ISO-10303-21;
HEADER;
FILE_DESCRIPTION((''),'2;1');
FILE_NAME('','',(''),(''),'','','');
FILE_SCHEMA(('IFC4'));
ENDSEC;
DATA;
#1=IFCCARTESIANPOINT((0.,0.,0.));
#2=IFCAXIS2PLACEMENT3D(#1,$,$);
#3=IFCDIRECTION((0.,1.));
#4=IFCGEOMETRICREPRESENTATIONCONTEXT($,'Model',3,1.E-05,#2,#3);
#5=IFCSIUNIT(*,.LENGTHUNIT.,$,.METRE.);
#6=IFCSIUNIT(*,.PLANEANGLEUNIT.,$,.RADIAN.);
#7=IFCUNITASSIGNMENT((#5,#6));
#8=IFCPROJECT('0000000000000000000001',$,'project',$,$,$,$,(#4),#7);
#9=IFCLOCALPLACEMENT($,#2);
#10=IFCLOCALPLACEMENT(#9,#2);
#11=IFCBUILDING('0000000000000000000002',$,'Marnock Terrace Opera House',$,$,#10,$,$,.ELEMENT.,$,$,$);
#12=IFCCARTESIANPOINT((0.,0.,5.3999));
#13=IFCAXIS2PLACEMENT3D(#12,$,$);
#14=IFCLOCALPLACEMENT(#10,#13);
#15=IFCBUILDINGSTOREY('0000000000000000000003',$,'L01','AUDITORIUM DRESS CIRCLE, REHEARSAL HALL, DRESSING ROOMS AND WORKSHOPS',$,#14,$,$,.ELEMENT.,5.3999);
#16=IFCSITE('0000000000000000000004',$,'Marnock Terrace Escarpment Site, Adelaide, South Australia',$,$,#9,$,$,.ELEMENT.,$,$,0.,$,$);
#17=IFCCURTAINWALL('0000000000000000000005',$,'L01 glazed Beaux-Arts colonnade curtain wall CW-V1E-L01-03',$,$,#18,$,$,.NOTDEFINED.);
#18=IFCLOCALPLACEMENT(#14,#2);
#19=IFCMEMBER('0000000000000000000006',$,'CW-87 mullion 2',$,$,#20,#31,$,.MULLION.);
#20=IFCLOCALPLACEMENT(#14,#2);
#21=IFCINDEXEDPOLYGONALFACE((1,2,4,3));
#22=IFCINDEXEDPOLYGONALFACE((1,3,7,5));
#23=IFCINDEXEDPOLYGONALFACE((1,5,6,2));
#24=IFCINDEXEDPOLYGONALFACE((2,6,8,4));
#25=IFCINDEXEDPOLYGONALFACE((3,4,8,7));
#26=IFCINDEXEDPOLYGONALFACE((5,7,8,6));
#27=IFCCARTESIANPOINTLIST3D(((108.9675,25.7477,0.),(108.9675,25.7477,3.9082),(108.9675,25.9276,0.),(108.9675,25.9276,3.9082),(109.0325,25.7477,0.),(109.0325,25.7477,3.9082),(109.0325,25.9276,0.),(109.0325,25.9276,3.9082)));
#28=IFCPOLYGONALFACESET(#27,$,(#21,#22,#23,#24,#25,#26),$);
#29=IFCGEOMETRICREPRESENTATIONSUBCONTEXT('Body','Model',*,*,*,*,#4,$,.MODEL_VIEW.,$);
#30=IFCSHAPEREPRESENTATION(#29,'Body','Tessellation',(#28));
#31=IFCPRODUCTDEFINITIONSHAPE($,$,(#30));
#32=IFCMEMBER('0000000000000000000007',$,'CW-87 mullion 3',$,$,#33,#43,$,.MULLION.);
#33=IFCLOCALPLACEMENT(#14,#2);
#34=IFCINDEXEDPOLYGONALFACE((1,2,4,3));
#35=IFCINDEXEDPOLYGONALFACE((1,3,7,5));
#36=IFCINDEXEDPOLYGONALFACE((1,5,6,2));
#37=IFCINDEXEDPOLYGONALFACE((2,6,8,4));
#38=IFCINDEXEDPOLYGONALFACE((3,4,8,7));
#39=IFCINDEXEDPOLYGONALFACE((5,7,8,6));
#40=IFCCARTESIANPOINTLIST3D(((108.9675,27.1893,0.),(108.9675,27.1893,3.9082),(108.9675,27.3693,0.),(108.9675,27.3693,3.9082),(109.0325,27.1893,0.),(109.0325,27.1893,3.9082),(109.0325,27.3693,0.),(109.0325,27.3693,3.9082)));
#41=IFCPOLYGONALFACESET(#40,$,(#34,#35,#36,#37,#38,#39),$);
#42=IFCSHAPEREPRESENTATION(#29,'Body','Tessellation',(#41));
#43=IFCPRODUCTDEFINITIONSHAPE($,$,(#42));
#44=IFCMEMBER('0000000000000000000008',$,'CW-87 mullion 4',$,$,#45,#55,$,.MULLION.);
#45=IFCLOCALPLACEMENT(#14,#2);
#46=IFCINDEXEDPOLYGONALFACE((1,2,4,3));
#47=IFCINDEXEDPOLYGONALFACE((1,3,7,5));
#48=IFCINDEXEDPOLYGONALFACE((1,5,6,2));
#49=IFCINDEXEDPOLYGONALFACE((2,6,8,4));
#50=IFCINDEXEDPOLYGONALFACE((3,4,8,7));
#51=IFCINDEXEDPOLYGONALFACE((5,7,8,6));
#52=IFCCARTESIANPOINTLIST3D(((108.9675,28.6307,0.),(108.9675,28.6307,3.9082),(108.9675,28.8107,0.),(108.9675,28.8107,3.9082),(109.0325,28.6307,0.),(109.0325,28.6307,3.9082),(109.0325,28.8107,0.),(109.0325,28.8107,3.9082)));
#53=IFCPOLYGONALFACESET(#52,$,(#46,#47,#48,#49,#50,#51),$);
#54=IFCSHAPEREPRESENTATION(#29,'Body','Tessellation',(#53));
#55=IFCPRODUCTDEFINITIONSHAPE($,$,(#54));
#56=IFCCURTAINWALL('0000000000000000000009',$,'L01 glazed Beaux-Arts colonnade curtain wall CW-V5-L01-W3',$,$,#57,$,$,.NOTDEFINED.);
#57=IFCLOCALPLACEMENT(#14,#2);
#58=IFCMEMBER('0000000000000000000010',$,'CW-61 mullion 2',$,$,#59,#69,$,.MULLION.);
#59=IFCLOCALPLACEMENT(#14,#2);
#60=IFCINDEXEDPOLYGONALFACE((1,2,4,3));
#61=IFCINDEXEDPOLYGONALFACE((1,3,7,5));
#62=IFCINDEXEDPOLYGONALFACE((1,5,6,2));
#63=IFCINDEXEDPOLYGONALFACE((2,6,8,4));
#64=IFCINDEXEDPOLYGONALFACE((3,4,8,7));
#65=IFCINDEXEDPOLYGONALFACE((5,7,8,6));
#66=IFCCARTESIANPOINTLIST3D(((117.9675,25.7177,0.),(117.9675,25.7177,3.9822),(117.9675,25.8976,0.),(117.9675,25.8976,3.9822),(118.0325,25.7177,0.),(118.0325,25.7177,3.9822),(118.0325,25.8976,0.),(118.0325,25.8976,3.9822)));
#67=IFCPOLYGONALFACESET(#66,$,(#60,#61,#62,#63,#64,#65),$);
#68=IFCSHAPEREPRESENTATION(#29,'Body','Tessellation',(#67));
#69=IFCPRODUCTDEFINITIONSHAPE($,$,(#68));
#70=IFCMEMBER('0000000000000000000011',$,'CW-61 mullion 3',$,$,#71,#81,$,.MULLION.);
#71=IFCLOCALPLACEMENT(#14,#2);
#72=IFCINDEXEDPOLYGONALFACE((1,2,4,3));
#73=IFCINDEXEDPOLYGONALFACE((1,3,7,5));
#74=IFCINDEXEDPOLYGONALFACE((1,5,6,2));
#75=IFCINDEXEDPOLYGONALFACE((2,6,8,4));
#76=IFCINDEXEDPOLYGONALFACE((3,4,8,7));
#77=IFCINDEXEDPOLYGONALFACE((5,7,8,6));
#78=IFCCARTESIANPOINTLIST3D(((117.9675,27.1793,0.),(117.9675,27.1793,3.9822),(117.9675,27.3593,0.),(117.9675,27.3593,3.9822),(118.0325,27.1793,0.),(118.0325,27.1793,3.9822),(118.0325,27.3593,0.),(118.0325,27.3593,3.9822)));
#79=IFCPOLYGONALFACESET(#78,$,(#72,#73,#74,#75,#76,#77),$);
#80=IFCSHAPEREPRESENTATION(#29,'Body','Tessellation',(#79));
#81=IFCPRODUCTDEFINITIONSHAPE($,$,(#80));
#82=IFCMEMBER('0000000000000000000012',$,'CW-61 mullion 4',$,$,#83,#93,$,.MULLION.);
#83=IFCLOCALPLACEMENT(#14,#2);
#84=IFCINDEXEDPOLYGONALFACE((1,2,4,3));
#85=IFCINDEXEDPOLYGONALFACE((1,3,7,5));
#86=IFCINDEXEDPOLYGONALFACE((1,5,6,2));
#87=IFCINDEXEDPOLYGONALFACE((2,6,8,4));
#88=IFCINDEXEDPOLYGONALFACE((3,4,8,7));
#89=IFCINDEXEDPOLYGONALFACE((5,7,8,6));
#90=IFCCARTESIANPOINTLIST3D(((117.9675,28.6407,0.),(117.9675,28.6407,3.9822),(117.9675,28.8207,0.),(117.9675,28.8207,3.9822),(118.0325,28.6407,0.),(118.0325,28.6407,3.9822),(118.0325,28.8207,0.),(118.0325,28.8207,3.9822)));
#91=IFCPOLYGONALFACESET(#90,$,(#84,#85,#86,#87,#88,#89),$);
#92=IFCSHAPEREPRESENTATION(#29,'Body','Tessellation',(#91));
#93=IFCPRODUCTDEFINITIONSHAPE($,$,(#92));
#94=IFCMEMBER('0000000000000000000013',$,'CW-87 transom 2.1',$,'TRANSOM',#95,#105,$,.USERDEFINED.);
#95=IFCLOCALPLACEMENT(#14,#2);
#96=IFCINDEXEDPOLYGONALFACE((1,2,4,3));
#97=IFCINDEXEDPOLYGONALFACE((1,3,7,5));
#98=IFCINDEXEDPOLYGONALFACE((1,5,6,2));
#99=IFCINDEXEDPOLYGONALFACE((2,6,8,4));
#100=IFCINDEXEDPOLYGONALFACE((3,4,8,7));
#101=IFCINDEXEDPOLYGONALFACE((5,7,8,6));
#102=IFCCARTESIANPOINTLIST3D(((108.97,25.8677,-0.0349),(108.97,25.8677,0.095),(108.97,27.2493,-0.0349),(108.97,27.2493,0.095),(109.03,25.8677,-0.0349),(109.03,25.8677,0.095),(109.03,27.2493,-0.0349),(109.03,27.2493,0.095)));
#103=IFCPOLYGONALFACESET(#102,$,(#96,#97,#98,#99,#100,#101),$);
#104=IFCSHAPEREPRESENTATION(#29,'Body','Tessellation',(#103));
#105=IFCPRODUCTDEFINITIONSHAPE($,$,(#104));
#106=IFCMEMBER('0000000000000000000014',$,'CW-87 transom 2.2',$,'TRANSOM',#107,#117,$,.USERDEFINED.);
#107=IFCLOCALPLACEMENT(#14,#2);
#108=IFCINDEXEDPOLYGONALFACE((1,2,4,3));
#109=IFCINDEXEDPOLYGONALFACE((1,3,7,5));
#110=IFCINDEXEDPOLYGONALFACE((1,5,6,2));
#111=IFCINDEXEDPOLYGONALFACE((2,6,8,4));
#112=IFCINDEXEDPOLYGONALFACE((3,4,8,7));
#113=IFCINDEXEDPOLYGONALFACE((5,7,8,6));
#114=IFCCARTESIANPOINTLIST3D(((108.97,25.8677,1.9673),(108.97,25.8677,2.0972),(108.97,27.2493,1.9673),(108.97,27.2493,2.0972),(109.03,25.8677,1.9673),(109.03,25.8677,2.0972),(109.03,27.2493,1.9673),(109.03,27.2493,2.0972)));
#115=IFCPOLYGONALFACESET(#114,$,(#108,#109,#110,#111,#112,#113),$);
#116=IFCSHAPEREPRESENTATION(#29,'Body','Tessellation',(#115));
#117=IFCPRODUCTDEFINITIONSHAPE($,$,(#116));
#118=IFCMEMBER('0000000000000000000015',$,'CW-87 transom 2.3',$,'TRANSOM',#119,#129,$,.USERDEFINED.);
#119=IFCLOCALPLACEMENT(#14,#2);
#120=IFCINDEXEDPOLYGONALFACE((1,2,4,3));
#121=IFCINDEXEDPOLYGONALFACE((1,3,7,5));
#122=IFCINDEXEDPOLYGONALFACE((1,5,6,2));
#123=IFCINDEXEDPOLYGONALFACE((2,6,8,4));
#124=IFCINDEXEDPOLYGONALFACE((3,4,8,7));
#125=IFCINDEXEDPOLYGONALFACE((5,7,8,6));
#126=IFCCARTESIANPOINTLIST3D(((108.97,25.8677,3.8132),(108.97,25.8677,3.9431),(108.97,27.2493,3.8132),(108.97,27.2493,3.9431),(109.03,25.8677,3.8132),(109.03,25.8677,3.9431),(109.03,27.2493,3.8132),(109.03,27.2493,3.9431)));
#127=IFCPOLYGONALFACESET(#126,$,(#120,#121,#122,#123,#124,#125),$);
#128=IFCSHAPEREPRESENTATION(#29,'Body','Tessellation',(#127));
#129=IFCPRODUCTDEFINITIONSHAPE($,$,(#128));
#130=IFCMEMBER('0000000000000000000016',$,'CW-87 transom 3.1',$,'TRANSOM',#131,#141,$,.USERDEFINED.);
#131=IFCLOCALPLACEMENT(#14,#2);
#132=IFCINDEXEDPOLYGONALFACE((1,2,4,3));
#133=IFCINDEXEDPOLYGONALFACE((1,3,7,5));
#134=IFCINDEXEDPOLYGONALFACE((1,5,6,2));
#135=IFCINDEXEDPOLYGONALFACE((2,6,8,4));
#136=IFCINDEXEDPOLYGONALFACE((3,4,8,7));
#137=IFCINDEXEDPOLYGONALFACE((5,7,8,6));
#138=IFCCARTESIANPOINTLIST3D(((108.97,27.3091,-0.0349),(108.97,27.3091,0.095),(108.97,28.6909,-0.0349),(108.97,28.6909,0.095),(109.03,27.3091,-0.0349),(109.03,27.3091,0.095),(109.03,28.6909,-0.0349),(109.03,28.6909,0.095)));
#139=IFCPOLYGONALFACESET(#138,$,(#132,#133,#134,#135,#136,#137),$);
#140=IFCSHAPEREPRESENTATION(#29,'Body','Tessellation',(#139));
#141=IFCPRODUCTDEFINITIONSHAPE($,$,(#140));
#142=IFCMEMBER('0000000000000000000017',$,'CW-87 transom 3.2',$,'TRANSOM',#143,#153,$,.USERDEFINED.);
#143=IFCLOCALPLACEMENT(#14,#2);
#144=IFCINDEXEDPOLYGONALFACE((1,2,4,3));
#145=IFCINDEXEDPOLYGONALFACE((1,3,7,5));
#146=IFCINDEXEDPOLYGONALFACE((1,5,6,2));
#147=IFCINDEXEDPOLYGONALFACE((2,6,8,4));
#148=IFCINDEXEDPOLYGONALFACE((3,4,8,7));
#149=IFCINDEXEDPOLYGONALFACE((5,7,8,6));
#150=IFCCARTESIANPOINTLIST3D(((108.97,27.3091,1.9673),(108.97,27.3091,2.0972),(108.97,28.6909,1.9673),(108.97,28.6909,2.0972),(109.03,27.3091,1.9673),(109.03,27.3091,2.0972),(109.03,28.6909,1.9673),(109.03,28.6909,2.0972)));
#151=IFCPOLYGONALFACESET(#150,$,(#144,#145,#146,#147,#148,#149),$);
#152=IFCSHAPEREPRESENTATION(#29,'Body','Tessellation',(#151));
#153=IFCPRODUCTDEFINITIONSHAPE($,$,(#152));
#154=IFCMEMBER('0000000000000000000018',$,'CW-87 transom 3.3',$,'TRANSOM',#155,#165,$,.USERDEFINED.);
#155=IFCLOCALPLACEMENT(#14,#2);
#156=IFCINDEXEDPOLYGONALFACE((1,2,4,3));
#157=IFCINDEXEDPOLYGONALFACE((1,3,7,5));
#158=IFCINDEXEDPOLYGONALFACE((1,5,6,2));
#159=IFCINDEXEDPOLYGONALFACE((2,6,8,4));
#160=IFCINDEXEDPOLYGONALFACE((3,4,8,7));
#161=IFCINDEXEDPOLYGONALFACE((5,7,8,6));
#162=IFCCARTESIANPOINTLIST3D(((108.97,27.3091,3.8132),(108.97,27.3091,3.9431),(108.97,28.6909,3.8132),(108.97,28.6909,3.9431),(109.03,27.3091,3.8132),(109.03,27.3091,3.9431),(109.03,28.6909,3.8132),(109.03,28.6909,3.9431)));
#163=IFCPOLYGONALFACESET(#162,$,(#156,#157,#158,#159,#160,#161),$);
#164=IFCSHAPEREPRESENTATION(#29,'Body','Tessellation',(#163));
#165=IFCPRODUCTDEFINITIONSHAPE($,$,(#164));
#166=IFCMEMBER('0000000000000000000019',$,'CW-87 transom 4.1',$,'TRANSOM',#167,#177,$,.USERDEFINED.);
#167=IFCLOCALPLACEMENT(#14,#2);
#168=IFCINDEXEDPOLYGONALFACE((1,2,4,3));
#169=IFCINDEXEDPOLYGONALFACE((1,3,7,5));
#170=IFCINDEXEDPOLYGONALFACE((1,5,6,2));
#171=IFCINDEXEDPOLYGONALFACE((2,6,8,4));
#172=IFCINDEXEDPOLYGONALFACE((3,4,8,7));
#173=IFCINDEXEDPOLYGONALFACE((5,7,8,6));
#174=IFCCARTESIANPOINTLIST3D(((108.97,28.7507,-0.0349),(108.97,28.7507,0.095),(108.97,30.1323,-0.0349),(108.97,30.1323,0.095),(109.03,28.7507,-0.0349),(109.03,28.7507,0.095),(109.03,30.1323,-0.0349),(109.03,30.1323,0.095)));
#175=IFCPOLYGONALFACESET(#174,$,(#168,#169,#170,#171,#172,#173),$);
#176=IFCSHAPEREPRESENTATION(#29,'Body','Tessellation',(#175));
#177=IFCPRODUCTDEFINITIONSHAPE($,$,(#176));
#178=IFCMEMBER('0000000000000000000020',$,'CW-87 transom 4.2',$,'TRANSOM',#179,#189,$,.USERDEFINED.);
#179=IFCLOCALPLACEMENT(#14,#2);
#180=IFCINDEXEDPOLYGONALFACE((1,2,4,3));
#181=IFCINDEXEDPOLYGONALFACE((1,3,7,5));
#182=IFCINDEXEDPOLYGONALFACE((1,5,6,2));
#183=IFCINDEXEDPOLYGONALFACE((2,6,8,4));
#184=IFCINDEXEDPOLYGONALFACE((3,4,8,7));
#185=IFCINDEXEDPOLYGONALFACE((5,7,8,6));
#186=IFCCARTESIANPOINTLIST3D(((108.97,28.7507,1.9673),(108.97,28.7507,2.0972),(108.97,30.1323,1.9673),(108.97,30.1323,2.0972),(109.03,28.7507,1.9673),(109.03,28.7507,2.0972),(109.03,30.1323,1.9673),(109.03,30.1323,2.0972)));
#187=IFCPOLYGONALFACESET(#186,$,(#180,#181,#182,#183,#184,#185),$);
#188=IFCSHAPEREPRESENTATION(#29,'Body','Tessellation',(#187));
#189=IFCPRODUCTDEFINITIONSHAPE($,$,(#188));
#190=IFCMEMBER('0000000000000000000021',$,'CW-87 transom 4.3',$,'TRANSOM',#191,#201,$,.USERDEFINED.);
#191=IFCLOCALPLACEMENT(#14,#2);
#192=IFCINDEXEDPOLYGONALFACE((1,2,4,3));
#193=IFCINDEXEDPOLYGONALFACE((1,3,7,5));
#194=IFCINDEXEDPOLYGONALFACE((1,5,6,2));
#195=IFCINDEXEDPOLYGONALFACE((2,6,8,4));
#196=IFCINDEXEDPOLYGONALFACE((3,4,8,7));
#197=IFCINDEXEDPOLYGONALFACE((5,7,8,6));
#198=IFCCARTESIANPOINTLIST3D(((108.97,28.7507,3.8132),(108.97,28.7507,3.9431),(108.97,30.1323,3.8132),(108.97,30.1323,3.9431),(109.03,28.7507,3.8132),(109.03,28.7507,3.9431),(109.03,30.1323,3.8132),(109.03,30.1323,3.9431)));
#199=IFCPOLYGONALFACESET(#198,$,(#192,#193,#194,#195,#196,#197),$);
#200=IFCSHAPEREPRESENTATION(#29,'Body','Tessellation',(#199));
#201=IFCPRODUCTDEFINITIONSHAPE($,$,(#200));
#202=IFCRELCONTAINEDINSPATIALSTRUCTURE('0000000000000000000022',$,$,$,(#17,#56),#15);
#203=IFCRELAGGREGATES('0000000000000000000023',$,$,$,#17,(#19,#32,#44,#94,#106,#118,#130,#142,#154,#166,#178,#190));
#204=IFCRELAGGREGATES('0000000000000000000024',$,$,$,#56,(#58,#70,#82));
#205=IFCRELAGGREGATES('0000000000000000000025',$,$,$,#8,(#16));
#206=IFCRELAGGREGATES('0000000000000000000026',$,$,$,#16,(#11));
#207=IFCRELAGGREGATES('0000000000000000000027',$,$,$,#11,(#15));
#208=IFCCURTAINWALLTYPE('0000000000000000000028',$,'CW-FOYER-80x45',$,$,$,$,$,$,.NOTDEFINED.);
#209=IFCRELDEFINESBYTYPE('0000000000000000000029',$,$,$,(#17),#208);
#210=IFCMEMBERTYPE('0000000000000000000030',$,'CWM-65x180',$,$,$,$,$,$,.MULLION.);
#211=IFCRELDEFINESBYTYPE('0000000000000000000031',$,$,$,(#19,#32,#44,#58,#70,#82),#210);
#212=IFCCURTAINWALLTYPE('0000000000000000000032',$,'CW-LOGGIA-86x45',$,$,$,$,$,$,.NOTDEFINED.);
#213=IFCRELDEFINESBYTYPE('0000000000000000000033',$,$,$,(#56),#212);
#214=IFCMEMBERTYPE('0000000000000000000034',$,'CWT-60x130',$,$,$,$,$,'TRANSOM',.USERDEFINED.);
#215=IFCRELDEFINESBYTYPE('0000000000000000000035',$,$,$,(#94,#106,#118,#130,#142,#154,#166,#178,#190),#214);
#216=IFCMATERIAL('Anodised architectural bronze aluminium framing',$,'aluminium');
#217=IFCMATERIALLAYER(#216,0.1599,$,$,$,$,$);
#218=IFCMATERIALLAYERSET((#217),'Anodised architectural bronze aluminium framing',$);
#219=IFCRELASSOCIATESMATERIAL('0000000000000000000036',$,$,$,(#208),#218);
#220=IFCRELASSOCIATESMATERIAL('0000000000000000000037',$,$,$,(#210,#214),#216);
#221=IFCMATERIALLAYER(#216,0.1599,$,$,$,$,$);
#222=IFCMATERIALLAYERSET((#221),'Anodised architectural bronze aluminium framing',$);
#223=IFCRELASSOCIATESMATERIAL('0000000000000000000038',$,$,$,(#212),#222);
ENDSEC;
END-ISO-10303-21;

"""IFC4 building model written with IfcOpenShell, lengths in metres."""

from ifc_helpers import new_model, si_unit, direction, frame, origin, origin_2d, place, context, subcontext, project, spatial, rectangle, extrude, material, layer, layer_set, material_profile, profile_set, type_object, element, aggregate, save


model = new_model("IFC4")

# Units and contexts
model_context = context("Model", 3, precision=1e-05, world=origin(), true_north=direction((0.0, 1.0)))
body_context = subcontext(model_context, "Body", "Model", "MODEL_VIEW")
ifc_project = project(units=[si_unit("LENGTHUNIT", "METRE"), si_unit("PLANEANGLEUNIT", "RADIAN")], contexts=[model_context])

# Site, building, storey
site_placement = place(None, origin())
site = spatial("IfcSite", under=ifc_project, at=site_placement, Name="Marnock Terrace Escarpment Site, Adelaide, South Australia", CompositionType="ELEMENT", RefElevation=0.0)
building_placement = place(site_placement, origin())
building = spatial("IfcBuilding", under=site, at=building_placement, Name="Marnock Terrace Opera House", CompositionType="ELEMENT")
storey_placement = place(building_placement, frame((0.0, 0.0, 5.3999)))
storey = spatial("IfcBuildingStorey", under=building, at=storey_placement, Name="L01", Description="AUDITORIUM DRESS CIRCLE, REHEARSAL HALL, DRESSING ROOMS AND WORKSHOPS", CompositionType="ELEMENT", Elevation=5.3999)

# Curtain walls, members
ifc_material_1 = material(Name="Anodised architectural bronze aluminium framing", Category="aluminium")
ifc_layer_1 = layer(ifc_material_1, 0.1599)
ifc_layer_set_1 = layer_set([ifc_layer_1], Name="Anodised architectural bronze aluminium framing")
curtain_wall_type_1 = type_object("IfcCurtainWallType", Name="CW-FOYER-80x45", PredefinedType="NOTDEFINED", material=ifc_layer_set_1)
curtain_wall_1_placement = place(storey_placement, origin())
curtain_wall_1 = element("IfcCurtainWall", 1, at=curtain_wall_1_placement, inside=storey, type_object=curtain_wall_type_1, Name="L01 glazed Beaux-Arts colonnade curtain wall CW-V1E-L01-03", PredefinedType="NOTDEFINED")
ifc_material_profile_1 = material_profile(ifc_material_1, rectangle(XDim=0.0649, YDim=0.1799, at=origin_2d()))
ifc_profile_set_1 = profile_set([ifc_material_profile_1], Name="Anodised architectural bronze aluminium framing")
member_type_1 = type_object("IfcMemberType", Name="CWM-65x180", PredefinedType="MULLION", material=ifc_profile_set_1)
member_1_placement = place(storey_placement, frame((109.0, 25.8376, 0.0), z_axis=(0.0, 0.0, 1.0), x_axis=(-1.0, 0.0, 0.0)))
member_1 = element("IfcMember", 2, at=member_1_placement, type_object=member_type_1, Name="CW-87 mullion 2", PredefinedType="MULLION", context=body_context, shape_type="SweptSolid", body=[
    extrude(rectangle(XDim=0.0649, YDim=0.1799, at=origin_2d()), origin(), (0.0, 0.0, 1.0), 3.9082),
])
member_2_placement = place(storey_placement, frame((109.0, 27.2793, 0.0), z_axis=(0.0, 0.0, 1.0), x_axis=(-1.0, 0.0, 0.0)))
member_2 = element("IfcMember", 3, at=member_2_placement, type_object=member_type_1, Name="CW-87 mullion 3", PredefinedType="MULLION", context=body_context, shape_type="SweptSolid", body=[
    extrude(rectangle(XDim=0.0649, YDim=0.1799, at=origin_2d()), origin(), (0.0, 0.0, 1.0), 3.9082),
])
member_3_placement = place(storey_placement, frame((109.0, 28.7207, 0.0), z_axis=(0.0, 0.0, 1.0), x_axis=(-1.0, 0.0, 0.0)))
member_3 = element("IfcMember", 4, at=member_3_placement, type_object=member_type_1, Name="CW-87 mullion 4", PredefinedType="MULLION", context=body_context, shape_type="SweptSolid", body=[
    extrude(rectangle(XDim=0.0649, YDim=0.1799, at=origin_2d()), origin(), (0.0, 0.0, 1.0), 3.9082),
])
ifc_layer_2 = layer(ifc_material_1, 0.1599)
ifc_layer_set_2 = layer_set([ifc_layer_2], Name="Anodised architectural bronze aluminium framing")
curtain_wall_type_2 = type_object("IfcCurtainWallType", Name="CW-LOGGIA-86x45", PredefinedType="NOTDEFINED", material=ifc_layer_set_2)
curtain_wall_2_placement = place(storey_placement, origin())
curtain_wall_2 = element("IfcCurtainWall", 5, at=curtain_wall_2_placement, inside=storey, type_object=curtain_wall_type_2, Name="L01 glazed Beaux-Arts colonnade curtain wall CW-V5-L01-W3", PredefinedType="NOTDEFINED")
member_4_placement = place(storey_placement, frame((118.0, 25.8076, 0.0), z_axis=(0.0, 0.0, 1.0), x_axis=(-1.0, 0.0, 0.0)))
member_4 = element("IfcMember", 6, at=member_4_placement, type_object=member_type_1, Name="CW-61 mullion 2", PredefinedType="MULLION", context=body_context, shape_type="SweptSolid", body=[
    extrude(rectangle(XDim=0.0649, YDim=0.1799, at=origin_2d()), origin(), (0.0, 0.0, 1.0), 3.9822),
])
member_5_placement = place(storey_placement, frame((118.0, 27.2693, 0.0), z_axis=(0.0, 0.0, 1.0), x_axis=(-1.0, 0.0, 0.0)))
member_5 = element("IfcMember", 7, at=member_5_placement, type_object=member_type_1, Name="CW-61 mullion 3", PredefinedType="MULLION", context=body_context, shape_type="SweptSolid", body=[
    extrude(rectangle(XDim=0.0649, YDim=0.1799, at=origin_2d()), origin(), (0.0, 0.0, 1.0), 3.9822),
])
member_6_placement = place(storey_placement, frame((118.0, 28.7307, 0.0), z_axis=(0.0, 0.0, 1.0), x_axis=(-1.0, 0.0, 0.0)))
member_6 = element("IfcMember", 8, at=member_6_placement, type_object=member_type_1, Name="CW-61 mullion 4", PredefinedType="MULLION", context=body_context, shape_type="SweptSolid", body=[
    extrude(rectangle(XDim=0.0649, YDim=0.1799, at=origin_2d()), origin(), (0.0, 0.0, 1.0), 3.9822),
])

# Members
ifc_material_profile_2 = material_profile(ifc_material_1, rectangle(XDim=0.0601, YDim=0.1299, at=origin_2d()))
ifc_profile_set_2 = profile_set([ifc_material_profile_2], Name="Anodised architectural bronze aluminium framing")
member_type_2 = type_object("IfcMemberType", Name="CWT-60x130", ElementType="TRANSOM", PredefinedType="USERDEFINED", material=ifc_profile_set_2)
member_7_placement = place(storey_placement, frame((109.0, 25.8677, 0.03), z_axis=(0.0, 1.0, 0.0), x_axis=(-1.0, 0.0, 0.0)))
member_7 = element("IfcMember", 9, at=member_7_placement, type_object=member_type_2, Name="CW-87 transom 2.1", ObjectType="TRANSOM", PredefinedType="USERDEFINED", context=body_context, shape_type="SweptSolid", body=[
    extrude(rectangle(XDim=0.0601, YDim=0.1299, at=origin_2d()), origin(), (0.0, 0.0, 1.0), 1.3816),
])
member_8_placement = place(storey_placement, frame((109.0, 25.8677, 2.0322), z_axis=(0.0, 1.0, 0.0), x_axis=(-1.0, 0.0, 0.0)))
member_8 = element("IfcMember", 10, at=member_8_placement, type_object=member_type_2, Name="CW-87 transom 2.2", ObjectType="TRANSOM", PredefinedType="USERDEFINED", context=body_context, shape_type="SweptSolid", body=[
    extrude(rectangle(XDim=0.0601, YDim=0.1299, at=origin_2d()), origin(), (0.0, 0.0, 1.0), 1.3816),
])
member_9_placement = place(storey_placement, frame((109.0, 25.8677, 3.8782), z_axis=(0.0, 1.0, 0.0), x_axis=(-1.0, 0.0, 0.0)))
member_9 = element("IfcMember", 11, at=member_9_placement, type_object=member_type_2, Name="CW-87 transom 2.3", ObjectType="TRANSOM", PredefinedType="USERDEFINED", context=body_context, shape_type="SweptSolid", body=[
    extrude(rectangle(XDim=0.0601, YDim=0.1299, at=origin_2d()), origin(), (0.0, 0.0, 1.0), 1.3816),
])
member_10_placement = place(storey_placement, frame((109.0, 27.3091, 0.03), z_axis=(0.0, 1.0, 0.0), x_axis=(-1.0, 0.0, 0.0)))
member_10 = element("IfcMember", 12, at=member_10_placement, type_object=member_type_2, Name="CW-87 transom 3.1", ObjectType="TRANSOM", PredefinedType="USERDEFINED", context=body_context, shape_type="SweptSolid", body=[
    extrude(rectangle(XDim=0.0601, YDim=0.1299, at=origin_2d()), origin(), (0.0, 0.0, 1.0), 1.3818),
])
member_11_placement = place(storey_placement, frame((109.0, 27.3091, 2.0322), z_axis=(0.0, 1.0, 0.0), x_axis=(-1.0, 0.0, 0.0)))
member_11 = element("IfcMember", 13, at=member_11_placement, type_object=member_type_2, Name="CW-87 transom 3.2", ObjectType="TRANSOM", PredefinedType="USERDEFINED", context=body_context, shape_type="SweptSolid", body=[
    extrude(rectangle(XDim=0.0601, YDim=0.1299, at=origin_2d()), origin(), (0.0, 0.0, 1.0), 1.3818),
])
member_12_placement = place(storey_placement, frame((109.0, 27.3091, 3.8782), z_axis=(0.0, 1.0, 0.0), x_axis=(-1.0, 0.0, 0.0)))
member_12 = element("IfcMember", 14, at=member_12_placement, type_object=member_type_2, Name="CW-87 transom 3.3", ObjectType="TRANSOM", PredefinedType="USERDEFINED", context=body_context, shape_type="SweptSolid", body=[
    extrude(rectangle(XDim=0.0601, YDim=0.1299, at=origin_2d()), origin(), (0.0, 0.0, 1.0), 1.3818),
])
member_13_placement = place(storey_placement, frame((109.0, 28.7507, 0.03), z_axis=(0.0, 1.0, 0.0), x_axis=(-1.0, 0.0, 0.0)))
member_13 = element("IfcMember", 15, at=member_13_placement, type_object=member_type_2, Name="CW-87 transom 4.1", ObjectType="TRANSOM", PredefinedType="USERDEFINED", context=body_context, shape_type="SweptSolid", body=[
    extrude(rectangle(XDim=0.0601, YDim=0.1299, at=origin_2d()), origin(), (0.0, 0.0, 1.0), 1.3816),
])
member_14_placement = place(storey_placement, frame((109.0, 28.7507, 2.0322), z_axis=(0.0, 1.0, 0.0), x_axis=(-1.0, 0.0, 0.0)))
member_14 = element("IfcMember", 16, at=member_14_placement, type_object=member_type_2, Name="CW-87 transom 4.2", ObjectType="TRANSOM", PredefinedType="USERDEFINED", context=body_context, shape_type="SweptSolid", body=[
    extrude(rectangle(XDim=0.0601, YDim=0.1299, at=origin_2d()), origin(), (0.0, 0.0, 1.0), 1.3816),
])
member_15_placement = place(storey_placement, frame((109.0, 28.7507, 3.8782), z_axis=(0.0, 1.0, 0.0), x_axis=(-1.0, 0.0, 0.0)))
member_15 = element("IfcMember", 17, at=member_15_placement, type_object=member_type_2, Name="CW-87 transom 4.3", ObjectType="TRANSOM", PredefinedType="USERDEFINED", context=body_context, shape_type="SweptSolid", body=[
    extrude(rectangle(XDim=0.0601, YDim=0.1299, at=origin_2d()), origin(), (0.0, 0.0, 1.0), 1.3816),
])

aggregate(curtain_wall_1, [member_1, member_2, member_3, member_7, member_8, member_9, member_10, member_11, member_12, member_13, member_14, member_15])
aggregate(curtain_wall_2, [member_4, member_5, member_6])

save(model, "model.ifc")
